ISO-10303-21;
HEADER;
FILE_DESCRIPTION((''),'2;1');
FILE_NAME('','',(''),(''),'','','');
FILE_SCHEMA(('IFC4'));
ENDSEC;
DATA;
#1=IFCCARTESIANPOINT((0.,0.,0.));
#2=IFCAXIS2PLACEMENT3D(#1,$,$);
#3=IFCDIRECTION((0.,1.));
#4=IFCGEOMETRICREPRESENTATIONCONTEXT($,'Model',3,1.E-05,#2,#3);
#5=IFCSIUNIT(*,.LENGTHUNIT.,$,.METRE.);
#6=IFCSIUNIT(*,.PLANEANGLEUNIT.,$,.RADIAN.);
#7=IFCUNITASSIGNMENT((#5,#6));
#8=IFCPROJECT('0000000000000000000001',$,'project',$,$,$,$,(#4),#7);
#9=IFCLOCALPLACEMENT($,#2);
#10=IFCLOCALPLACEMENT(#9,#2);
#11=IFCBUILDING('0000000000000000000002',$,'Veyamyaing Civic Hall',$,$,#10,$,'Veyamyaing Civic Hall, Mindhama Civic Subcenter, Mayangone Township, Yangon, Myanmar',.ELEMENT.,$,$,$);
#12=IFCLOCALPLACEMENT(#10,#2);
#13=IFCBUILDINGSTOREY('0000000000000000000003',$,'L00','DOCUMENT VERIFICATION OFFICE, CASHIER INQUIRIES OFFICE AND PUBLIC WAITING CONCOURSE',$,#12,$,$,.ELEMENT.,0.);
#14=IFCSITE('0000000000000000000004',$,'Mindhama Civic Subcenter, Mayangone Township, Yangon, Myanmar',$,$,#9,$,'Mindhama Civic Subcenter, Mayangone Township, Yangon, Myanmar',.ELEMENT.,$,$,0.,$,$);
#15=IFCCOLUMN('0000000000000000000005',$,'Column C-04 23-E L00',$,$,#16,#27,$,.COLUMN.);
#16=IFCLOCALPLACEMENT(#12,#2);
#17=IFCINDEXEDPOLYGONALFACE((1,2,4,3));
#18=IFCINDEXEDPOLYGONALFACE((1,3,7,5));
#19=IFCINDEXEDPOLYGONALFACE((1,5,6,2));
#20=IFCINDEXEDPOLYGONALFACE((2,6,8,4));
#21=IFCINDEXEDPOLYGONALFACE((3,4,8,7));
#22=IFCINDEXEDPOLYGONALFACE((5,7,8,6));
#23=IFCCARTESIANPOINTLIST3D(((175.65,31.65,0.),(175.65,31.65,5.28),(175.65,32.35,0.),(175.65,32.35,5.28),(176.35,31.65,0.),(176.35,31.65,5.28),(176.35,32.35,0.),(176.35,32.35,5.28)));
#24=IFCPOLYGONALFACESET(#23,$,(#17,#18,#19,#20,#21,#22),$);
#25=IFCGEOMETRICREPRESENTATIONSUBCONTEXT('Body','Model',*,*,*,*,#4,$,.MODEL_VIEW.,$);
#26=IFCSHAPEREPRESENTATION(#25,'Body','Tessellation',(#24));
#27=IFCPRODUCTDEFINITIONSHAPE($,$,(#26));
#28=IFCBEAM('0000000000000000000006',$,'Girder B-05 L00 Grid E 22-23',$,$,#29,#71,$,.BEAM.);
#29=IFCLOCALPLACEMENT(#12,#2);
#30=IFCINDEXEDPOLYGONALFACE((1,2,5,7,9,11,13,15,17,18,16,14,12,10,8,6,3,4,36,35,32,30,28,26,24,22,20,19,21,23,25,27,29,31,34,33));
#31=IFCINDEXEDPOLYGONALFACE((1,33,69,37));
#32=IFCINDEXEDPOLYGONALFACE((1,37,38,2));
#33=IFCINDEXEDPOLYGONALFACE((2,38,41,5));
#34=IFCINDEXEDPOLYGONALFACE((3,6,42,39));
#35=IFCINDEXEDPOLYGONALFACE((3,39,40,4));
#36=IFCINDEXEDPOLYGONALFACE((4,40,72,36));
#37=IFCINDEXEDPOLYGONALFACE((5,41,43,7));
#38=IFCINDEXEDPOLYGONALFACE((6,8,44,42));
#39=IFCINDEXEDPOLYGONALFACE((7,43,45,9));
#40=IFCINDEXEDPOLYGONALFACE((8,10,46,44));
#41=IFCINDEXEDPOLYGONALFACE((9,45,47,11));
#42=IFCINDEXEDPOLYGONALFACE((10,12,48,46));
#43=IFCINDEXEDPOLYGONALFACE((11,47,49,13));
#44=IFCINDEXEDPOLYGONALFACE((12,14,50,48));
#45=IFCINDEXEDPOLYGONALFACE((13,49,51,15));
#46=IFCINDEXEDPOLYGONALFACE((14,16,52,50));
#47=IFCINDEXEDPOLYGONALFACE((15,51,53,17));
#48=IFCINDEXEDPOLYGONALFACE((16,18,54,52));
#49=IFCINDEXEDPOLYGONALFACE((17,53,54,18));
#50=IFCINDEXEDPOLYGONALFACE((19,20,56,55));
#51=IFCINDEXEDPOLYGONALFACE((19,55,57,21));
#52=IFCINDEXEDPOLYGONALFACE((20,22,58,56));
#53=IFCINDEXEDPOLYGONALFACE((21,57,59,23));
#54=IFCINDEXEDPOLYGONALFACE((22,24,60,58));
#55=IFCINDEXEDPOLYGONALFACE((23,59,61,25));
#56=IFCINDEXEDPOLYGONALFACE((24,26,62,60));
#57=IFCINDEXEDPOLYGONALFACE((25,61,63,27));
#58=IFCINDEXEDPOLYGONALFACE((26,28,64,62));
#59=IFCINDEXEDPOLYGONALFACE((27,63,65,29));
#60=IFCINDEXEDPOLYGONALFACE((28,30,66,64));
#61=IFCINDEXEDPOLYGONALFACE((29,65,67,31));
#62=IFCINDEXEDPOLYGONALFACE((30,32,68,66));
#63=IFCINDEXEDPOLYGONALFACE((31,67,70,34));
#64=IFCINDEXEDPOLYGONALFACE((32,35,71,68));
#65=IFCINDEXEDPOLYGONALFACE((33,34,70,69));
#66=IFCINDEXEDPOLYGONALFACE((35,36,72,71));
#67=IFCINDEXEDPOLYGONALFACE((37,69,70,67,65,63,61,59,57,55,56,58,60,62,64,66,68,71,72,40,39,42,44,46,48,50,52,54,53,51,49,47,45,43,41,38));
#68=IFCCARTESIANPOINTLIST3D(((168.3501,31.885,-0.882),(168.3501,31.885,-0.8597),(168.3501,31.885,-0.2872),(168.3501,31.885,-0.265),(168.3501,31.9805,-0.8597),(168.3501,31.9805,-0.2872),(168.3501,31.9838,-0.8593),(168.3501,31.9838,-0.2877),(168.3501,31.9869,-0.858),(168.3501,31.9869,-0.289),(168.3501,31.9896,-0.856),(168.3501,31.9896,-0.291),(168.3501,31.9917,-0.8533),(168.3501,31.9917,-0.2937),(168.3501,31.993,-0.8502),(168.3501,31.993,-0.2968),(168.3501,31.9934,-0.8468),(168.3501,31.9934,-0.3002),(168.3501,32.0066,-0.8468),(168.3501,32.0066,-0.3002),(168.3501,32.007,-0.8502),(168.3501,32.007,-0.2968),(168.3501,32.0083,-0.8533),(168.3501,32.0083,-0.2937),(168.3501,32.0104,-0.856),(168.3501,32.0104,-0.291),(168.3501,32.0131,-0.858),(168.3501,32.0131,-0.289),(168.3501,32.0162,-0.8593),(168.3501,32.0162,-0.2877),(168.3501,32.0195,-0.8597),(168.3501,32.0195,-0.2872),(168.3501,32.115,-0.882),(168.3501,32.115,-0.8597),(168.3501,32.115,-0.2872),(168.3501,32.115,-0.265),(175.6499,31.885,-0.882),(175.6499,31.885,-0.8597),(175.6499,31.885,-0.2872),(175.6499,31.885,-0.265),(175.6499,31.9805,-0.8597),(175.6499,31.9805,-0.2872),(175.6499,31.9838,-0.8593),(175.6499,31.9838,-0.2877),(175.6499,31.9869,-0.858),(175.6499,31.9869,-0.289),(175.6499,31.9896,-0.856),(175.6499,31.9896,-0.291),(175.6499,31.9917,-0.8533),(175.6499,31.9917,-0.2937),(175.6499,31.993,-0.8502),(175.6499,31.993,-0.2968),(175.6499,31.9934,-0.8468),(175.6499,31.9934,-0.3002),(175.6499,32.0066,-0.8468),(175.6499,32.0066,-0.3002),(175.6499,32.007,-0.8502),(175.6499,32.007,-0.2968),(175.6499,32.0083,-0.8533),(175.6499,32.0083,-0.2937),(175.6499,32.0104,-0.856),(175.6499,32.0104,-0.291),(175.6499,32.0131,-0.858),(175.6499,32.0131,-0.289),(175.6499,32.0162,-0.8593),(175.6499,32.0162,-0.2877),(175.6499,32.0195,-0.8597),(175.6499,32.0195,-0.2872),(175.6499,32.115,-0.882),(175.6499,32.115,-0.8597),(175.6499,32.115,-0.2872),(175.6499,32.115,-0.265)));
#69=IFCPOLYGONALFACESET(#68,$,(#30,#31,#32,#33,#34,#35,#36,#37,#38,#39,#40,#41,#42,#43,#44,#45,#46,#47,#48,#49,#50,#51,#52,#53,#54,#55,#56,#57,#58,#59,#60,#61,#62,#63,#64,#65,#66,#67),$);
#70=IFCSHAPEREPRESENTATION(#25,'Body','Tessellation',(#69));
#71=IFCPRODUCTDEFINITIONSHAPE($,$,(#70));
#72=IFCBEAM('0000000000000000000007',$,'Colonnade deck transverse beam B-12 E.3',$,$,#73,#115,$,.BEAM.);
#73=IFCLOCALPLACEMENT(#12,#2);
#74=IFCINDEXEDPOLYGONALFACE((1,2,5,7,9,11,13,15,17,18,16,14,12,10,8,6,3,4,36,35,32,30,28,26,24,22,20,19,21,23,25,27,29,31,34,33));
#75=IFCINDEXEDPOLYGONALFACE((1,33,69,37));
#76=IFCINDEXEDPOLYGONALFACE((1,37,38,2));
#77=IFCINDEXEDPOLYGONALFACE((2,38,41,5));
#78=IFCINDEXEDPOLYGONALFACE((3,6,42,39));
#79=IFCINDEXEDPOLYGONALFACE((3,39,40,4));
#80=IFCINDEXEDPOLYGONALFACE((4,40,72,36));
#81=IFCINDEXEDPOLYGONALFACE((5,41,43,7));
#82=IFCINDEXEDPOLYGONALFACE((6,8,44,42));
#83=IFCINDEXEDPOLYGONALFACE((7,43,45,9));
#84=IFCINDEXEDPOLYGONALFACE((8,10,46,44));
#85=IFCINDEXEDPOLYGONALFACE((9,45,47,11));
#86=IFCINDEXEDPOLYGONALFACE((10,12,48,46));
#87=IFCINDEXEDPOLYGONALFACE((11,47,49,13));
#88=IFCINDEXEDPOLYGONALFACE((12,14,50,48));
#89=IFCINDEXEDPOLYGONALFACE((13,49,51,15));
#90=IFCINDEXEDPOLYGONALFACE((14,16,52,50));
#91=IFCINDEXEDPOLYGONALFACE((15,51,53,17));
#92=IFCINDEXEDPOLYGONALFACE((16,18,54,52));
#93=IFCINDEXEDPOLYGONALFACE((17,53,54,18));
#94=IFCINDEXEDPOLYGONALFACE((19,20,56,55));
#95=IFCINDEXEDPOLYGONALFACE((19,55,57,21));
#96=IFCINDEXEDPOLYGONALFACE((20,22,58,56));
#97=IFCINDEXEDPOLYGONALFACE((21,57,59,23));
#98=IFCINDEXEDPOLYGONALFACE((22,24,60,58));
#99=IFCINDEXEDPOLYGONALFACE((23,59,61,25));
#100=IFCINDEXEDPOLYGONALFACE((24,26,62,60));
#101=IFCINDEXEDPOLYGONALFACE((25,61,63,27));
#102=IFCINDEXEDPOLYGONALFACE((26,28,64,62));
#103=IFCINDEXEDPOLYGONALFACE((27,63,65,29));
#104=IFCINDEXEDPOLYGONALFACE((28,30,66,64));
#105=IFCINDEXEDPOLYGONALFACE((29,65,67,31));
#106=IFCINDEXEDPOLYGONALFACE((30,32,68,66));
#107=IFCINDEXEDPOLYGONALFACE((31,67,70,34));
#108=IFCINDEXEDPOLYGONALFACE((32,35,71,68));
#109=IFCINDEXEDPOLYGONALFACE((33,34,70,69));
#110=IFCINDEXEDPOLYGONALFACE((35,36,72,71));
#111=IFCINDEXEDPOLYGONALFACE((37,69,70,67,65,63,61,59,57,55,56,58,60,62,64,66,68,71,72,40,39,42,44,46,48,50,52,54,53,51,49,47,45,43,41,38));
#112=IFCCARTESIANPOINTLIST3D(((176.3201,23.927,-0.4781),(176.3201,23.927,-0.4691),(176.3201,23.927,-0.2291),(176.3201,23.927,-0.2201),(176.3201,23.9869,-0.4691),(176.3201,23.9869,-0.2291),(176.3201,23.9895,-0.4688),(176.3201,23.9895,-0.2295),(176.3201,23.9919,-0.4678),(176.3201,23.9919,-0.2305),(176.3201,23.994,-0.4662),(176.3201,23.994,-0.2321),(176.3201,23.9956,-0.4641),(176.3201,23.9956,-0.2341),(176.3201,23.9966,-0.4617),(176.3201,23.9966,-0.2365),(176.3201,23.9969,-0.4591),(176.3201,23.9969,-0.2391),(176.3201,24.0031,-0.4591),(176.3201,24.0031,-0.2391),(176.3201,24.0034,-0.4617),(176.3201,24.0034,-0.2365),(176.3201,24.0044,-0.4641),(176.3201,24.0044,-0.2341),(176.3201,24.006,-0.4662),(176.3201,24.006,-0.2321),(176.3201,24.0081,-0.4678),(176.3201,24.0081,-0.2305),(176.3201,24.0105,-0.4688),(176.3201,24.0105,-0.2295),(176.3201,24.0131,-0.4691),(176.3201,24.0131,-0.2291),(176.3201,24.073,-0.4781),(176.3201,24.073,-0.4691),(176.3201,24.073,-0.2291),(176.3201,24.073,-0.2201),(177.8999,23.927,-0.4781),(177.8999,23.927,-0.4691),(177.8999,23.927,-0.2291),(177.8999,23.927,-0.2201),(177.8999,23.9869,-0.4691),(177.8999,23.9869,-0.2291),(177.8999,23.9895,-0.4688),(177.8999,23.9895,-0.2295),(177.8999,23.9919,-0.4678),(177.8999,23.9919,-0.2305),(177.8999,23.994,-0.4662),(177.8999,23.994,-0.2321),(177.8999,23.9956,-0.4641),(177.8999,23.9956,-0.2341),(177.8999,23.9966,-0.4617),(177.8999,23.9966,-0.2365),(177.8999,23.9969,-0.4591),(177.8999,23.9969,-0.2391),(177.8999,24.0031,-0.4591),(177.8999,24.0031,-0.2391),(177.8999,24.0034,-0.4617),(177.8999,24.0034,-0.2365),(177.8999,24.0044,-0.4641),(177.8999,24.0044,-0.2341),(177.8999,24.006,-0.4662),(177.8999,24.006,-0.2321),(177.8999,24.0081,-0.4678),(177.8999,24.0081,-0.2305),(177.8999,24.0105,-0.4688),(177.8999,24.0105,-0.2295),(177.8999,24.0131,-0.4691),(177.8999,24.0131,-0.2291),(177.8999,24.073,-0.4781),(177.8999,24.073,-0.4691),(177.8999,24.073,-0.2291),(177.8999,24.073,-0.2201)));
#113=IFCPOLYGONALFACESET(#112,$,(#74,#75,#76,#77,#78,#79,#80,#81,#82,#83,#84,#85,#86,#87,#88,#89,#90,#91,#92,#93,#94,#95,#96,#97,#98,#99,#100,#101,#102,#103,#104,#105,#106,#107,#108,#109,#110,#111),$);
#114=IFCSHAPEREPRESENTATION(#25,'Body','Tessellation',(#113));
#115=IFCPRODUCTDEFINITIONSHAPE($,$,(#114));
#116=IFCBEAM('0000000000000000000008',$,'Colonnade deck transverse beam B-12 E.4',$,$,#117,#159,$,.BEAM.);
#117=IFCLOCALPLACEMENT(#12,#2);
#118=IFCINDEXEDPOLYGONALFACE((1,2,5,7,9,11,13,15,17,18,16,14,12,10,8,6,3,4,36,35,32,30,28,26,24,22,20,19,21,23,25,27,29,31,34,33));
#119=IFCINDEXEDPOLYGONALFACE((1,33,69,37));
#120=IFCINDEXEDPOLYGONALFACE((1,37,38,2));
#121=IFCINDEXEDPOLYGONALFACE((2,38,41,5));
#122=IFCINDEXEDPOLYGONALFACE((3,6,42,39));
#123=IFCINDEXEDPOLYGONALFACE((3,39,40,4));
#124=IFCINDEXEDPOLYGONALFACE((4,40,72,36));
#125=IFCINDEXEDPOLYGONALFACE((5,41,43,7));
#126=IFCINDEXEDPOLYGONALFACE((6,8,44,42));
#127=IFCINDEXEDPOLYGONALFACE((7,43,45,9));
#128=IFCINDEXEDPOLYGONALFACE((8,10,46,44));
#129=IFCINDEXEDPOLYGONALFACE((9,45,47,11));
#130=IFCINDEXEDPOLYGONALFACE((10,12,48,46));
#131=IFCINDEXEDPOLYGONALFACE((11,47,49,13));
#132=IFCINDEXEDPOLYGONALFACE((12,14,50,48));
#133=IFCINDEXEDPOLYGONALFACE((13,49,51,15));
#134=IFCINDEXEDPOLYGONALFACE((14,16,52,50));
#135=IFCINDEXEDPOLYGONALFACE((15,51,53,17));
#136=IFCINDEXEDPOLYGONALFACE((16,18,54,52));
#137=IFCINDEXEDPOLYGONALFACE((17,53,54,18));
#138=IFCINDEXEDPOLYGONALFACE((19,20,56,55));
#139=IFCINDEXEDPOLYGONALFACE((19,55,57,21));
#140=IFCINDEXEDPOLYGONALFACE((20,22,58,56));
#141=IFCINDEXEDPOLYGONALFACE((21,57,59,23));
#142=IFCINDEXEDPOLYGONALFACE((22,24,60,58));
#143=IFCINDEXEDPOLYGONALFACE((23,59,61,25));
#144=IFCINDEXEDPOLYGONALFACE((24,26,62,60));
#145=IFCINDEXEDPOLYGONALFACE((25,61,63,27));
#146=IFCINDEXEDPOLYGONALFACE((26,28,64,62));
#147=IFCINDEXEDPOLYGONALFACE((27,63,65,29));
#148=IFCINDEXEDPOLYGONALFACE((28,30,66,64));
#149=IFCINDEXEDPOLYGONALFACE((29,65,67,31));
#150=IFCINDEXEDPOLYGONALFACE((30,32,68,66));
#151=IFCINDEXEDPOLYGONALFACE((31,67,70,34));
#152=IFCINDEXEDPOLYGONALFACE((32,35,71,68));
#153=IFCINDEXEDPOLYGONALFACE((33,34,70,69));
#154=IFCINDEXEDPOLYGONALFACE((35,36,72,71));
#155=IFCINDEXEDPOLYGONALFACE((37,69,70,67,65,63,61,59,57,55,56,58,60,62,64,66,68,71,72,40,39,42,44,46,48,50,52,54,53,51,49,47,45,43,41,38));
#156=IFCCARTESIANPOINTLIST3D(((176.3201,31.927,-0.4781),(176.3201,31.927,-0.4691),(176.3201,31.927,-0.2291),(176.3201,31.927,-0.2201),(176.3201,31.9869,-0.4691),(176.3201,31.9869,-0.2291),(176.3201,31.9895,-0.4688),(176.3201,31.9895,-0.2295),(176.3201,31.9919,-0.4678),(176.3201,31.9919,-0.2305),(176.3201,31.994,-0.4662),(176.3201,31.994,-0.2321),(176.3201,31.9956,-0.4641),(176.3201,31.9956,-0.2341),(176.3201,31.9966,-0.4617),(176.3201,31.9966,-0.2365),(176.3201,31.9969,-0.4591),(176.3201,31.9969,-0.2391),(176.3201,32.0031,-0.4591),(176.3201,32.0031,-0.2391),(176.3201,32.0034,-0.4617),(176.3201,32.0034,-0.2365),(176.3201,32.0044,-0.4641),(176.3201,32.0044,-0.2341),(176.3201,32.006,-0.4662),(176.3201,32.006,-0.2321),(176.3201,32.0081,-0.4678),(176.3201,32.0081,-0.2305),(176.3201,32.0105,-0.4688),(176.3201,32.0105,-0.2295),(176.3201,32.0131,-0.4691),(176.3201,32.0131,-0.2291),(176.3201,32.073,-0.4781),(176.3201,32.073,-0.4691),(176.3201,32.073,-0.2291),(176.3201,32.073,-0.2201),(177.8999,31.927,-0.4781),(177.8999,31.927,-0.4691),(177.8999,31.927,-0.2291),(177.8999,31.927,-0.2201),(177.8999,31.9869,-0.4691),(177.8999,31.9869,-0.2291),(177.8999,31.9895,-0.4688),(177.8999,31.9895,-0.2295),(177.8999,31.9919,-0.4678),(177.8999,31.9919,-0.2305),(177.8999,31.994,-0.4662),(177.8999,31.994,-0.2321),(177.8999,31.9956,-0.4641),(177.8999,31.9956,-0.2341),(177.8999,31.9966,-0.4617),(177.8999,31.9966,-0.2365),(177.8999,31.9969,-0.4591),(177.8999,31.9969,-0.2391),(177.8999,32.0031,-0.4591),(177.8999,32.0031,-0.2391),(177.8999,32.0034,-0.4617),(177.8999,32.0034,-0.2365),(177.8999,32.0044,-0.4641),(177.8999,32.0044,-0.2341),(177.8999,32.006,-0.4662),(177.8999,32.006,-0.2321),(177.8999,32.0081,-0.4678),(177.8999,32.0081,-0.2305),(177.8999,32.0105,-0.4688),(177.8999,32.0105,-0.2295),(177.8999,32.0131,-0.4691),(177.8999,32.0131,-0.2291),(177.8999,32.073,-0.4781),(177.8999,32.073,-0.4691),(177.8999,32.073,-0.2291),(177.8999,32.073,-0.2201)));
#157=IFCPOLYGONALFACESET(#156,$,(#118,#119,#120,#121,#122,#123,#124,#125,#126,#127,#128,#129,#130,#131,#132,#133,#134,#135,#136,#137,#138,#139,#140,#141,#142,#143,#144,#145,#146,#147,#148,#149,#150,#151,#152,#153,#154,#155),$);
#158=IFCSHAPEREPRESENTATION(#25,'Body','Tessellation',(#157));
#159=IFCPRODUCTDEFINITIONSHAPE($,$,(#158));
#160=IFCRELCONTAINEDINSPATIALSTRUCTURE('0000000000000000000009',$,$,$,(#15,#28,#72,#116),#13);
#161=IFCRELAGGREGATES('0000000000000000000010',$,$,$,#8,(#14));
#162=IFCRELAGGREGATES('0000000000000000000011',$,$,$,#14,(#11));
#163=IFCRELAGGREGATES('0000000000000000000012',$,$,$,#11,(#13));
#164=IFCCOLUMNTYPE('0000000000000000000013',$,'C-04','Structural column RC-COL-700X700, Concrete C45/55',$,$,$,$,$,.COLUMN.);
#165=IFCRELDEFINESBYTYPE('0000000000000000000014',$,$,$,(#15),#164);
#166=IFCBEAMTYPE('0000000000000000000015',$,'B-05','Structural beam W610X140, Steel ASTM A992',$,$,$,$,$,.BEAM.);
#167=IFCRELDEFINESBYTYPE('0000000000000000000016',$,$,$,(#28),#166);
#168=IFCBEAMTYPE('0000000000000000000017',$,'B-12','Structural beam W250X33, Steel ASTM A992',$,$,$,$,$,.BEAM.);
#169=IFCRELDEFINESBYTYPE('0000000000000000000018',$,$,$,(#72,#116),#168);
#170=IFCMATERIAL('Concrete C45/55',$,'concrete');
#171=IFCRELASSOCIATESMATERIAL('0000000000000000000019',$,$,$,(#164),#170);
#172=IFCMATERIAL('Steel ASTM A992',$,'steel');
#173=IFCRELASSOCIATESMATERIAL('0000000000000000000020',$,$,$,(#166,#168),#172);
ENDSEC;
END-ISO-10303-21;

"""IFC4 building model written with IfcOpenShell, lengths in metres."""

from ifc_helpers import new_model, si_unit, direction, frame, origin, origin_2d, place, context, subcontext, project, spatial, rectangle, i_section, extrude, material, material_profile, profile_set, type_object, element, save


model = new_model("IFC4")

# Units and contexts
model_context = context("Model", 3, precision=1e-05, world=origin(), true_north=direction((0.0, 1.0)))
body_context = subcontext(model_context, "Body", "Model", "MODEL_VIEW")
ifc_project = project(units=[si_unit("LENGTHUNIT", "METRE"), si_unit("PLANEANGLEUNIT", "RADIAN")], contexts=[model_context])

# Site, building, storey
site_placement = place(None, origin())
site = spatial("IfcSite", under=ifc_project, at=site_placement, Name="Mindhama Civic Subcenter, Mayangone Township, Yangon, Myanmar", LongName="Mindhama Civic Subcenter, Mayangone Township, Yangon, Myanmar", CompositionType="ELEMENT", RefElevation=0.0)
building_placement = place(site_placement, origin())
building = spatial("IfcBuilding", under=site, at=building_placement, Name="Veyamyaing Civic Hall", LongName="Veyamyaing Civic Hall, Mindhama Civic Subcenter, Mayangone Township, Yangon, Myanmar", CompositionType="ELEMENT")
storey_placement = place(building_placement, origin())
storey = spatial("IfcBuildingStorey", under=building, at=storey_placement, Name="L00", Description="DOCUMENT VERIFICATION OFFICE, CASHIER INQUIRIES OFFICE AND PUBLIC WAITING CONCOURSE", CompositionType="ELEMENT", Elevation=0.0)

# Column
ifc_material_1 = material(Name="Concrete C45/55", Category="concrete")
ifc_material_profile_1 = material_profile(ifc_material_1, rectangle(XDim=0.7, YDim=0.7, at=origin_2d()), Name="RC-COL-700X700")
ifc_profile_set_1 = profile_set([ifc_material_profile_1], Name="Concrete C45/55")
column_type = type_object("IfcColumnType", Name="C-04", Description="Structural column RC-COL-700X700, Concrete C45/55", PredefinedType="COLUMN", material=ifc_profile_set_1)
column_placement = place(storey_placement, frame((176.0, 32.0, 0.0), z_axis=(0.0, 0.0, 1.0), x_axis=(1.0, 0.0, 0.0)))
element("IfcColumn", 1, at=column_placement, inside=storey, type_object=column_type, Name="Column C-04 23-E L00", PredefinedType="COLUMN", context=body_context, shape_type="SweptSolid", body=[
    extrude(rectangle(XDim=0.7, YDim=0.7, at=origin_2d()), origin(), (0.0, 0.0, 1.0), 5.28),
])

# Beams
ifc_material_2 = material(Name="Steel ASTM A992", Category="steel")
ifc_material_profile_2 = material_profile(ifc_material_2, i_section(OverallWidth=0.23, OverallDepth=0.6169, WebThickness=0.0132, FlangeThickness=0.0222, FilletRadius=0.0129, at=origin_2d()), Name="W610X140")
ifc_profile_set_2 = profile_set([ifc_material_profile_2], Name="Steel ASTM A992")
beam_type_1 = type_object("IfcBeamType", Name="B-05", Description="Structural beam W610X140, Steel ASTM A992", PredefinedType="BEAM", material=ifc_profile_set_2)
beam_1_placement = place(storey_placement, frame((168.3501, 32.0, -0.5735), z_axis=(1.0, 0.0, 0.0), x_axis=(0.0, 1.0, 0.0)))
element("IfcBeam", 2, at=beam_1_placement, inside=storey, type_object=beam_type_1, Name="Girder B-05 L00 Grid E 22-23", PredefinedType="BEAM", context=body_context, shape_type="SweptSolid", body=[
    extrude(i_section(OverallWidth=0.23, OverallDepth=0.6169, WebThickness=0.0132, FlangeThickness=0.0222, FilletRadius=0.0129, at=origin_2d()), origin(), (0.0, 0.0, 1.0), 7.2998),
])
ifc_material_profile_3 = material_profile(ifc_material_2, i_section(OverallWidth=0.146, OverallDepth=0.2581, WebThickness=0.0061, FlangeThickness=0.009, FilletRadius=0.01, at=origin_2d()), Name="W250X33")
ifc_profile_set_3 = profile_set([ifc_material_profile_3], Name="Steel ASTM A992")
beam_type_2 = type_object("IfcBeamType", Name="B-12", Description="Structural beam W250X33, Steel ASTM A992", PredefinedType="BEAM", material=ifc_profile_set_3)
for number, where, z_axis, x_axis, name in (
    (3, (176.3201, 24.0, -0.3491), (1.0, 0.0, 0.0), (0.0, 1.0, 0.0), "Colonnade deck transverse beam B-12 E.3"),
    (4, (176.3201, 32.0, -0.3491), (1.0, 0.0, 0.0), (0.0, 1.0, 0.0), "Colonnade deck transverse beam B-12 E.4"),
):
    element("IfcBeam", number, at=place(storey_placement, frame(where, z_axis=z_axis, x_axis=x_axis)), inside=storey, type_object=beam_type_2, Name=name, PredefinedType="BEAM", context=body_context, shape_type="SweptSolid", body=[
        extrude(i_section(OverallWidth=0.146, OverallDepth=0.2581, WebThickness=0.0061, FlangeThickness=0.009, FilletRadius=0.01, at=origin_2d()), origin(), (0.0, 0.0, 1.0), 1.5798),
    ])

save(model, "model.ifc")
